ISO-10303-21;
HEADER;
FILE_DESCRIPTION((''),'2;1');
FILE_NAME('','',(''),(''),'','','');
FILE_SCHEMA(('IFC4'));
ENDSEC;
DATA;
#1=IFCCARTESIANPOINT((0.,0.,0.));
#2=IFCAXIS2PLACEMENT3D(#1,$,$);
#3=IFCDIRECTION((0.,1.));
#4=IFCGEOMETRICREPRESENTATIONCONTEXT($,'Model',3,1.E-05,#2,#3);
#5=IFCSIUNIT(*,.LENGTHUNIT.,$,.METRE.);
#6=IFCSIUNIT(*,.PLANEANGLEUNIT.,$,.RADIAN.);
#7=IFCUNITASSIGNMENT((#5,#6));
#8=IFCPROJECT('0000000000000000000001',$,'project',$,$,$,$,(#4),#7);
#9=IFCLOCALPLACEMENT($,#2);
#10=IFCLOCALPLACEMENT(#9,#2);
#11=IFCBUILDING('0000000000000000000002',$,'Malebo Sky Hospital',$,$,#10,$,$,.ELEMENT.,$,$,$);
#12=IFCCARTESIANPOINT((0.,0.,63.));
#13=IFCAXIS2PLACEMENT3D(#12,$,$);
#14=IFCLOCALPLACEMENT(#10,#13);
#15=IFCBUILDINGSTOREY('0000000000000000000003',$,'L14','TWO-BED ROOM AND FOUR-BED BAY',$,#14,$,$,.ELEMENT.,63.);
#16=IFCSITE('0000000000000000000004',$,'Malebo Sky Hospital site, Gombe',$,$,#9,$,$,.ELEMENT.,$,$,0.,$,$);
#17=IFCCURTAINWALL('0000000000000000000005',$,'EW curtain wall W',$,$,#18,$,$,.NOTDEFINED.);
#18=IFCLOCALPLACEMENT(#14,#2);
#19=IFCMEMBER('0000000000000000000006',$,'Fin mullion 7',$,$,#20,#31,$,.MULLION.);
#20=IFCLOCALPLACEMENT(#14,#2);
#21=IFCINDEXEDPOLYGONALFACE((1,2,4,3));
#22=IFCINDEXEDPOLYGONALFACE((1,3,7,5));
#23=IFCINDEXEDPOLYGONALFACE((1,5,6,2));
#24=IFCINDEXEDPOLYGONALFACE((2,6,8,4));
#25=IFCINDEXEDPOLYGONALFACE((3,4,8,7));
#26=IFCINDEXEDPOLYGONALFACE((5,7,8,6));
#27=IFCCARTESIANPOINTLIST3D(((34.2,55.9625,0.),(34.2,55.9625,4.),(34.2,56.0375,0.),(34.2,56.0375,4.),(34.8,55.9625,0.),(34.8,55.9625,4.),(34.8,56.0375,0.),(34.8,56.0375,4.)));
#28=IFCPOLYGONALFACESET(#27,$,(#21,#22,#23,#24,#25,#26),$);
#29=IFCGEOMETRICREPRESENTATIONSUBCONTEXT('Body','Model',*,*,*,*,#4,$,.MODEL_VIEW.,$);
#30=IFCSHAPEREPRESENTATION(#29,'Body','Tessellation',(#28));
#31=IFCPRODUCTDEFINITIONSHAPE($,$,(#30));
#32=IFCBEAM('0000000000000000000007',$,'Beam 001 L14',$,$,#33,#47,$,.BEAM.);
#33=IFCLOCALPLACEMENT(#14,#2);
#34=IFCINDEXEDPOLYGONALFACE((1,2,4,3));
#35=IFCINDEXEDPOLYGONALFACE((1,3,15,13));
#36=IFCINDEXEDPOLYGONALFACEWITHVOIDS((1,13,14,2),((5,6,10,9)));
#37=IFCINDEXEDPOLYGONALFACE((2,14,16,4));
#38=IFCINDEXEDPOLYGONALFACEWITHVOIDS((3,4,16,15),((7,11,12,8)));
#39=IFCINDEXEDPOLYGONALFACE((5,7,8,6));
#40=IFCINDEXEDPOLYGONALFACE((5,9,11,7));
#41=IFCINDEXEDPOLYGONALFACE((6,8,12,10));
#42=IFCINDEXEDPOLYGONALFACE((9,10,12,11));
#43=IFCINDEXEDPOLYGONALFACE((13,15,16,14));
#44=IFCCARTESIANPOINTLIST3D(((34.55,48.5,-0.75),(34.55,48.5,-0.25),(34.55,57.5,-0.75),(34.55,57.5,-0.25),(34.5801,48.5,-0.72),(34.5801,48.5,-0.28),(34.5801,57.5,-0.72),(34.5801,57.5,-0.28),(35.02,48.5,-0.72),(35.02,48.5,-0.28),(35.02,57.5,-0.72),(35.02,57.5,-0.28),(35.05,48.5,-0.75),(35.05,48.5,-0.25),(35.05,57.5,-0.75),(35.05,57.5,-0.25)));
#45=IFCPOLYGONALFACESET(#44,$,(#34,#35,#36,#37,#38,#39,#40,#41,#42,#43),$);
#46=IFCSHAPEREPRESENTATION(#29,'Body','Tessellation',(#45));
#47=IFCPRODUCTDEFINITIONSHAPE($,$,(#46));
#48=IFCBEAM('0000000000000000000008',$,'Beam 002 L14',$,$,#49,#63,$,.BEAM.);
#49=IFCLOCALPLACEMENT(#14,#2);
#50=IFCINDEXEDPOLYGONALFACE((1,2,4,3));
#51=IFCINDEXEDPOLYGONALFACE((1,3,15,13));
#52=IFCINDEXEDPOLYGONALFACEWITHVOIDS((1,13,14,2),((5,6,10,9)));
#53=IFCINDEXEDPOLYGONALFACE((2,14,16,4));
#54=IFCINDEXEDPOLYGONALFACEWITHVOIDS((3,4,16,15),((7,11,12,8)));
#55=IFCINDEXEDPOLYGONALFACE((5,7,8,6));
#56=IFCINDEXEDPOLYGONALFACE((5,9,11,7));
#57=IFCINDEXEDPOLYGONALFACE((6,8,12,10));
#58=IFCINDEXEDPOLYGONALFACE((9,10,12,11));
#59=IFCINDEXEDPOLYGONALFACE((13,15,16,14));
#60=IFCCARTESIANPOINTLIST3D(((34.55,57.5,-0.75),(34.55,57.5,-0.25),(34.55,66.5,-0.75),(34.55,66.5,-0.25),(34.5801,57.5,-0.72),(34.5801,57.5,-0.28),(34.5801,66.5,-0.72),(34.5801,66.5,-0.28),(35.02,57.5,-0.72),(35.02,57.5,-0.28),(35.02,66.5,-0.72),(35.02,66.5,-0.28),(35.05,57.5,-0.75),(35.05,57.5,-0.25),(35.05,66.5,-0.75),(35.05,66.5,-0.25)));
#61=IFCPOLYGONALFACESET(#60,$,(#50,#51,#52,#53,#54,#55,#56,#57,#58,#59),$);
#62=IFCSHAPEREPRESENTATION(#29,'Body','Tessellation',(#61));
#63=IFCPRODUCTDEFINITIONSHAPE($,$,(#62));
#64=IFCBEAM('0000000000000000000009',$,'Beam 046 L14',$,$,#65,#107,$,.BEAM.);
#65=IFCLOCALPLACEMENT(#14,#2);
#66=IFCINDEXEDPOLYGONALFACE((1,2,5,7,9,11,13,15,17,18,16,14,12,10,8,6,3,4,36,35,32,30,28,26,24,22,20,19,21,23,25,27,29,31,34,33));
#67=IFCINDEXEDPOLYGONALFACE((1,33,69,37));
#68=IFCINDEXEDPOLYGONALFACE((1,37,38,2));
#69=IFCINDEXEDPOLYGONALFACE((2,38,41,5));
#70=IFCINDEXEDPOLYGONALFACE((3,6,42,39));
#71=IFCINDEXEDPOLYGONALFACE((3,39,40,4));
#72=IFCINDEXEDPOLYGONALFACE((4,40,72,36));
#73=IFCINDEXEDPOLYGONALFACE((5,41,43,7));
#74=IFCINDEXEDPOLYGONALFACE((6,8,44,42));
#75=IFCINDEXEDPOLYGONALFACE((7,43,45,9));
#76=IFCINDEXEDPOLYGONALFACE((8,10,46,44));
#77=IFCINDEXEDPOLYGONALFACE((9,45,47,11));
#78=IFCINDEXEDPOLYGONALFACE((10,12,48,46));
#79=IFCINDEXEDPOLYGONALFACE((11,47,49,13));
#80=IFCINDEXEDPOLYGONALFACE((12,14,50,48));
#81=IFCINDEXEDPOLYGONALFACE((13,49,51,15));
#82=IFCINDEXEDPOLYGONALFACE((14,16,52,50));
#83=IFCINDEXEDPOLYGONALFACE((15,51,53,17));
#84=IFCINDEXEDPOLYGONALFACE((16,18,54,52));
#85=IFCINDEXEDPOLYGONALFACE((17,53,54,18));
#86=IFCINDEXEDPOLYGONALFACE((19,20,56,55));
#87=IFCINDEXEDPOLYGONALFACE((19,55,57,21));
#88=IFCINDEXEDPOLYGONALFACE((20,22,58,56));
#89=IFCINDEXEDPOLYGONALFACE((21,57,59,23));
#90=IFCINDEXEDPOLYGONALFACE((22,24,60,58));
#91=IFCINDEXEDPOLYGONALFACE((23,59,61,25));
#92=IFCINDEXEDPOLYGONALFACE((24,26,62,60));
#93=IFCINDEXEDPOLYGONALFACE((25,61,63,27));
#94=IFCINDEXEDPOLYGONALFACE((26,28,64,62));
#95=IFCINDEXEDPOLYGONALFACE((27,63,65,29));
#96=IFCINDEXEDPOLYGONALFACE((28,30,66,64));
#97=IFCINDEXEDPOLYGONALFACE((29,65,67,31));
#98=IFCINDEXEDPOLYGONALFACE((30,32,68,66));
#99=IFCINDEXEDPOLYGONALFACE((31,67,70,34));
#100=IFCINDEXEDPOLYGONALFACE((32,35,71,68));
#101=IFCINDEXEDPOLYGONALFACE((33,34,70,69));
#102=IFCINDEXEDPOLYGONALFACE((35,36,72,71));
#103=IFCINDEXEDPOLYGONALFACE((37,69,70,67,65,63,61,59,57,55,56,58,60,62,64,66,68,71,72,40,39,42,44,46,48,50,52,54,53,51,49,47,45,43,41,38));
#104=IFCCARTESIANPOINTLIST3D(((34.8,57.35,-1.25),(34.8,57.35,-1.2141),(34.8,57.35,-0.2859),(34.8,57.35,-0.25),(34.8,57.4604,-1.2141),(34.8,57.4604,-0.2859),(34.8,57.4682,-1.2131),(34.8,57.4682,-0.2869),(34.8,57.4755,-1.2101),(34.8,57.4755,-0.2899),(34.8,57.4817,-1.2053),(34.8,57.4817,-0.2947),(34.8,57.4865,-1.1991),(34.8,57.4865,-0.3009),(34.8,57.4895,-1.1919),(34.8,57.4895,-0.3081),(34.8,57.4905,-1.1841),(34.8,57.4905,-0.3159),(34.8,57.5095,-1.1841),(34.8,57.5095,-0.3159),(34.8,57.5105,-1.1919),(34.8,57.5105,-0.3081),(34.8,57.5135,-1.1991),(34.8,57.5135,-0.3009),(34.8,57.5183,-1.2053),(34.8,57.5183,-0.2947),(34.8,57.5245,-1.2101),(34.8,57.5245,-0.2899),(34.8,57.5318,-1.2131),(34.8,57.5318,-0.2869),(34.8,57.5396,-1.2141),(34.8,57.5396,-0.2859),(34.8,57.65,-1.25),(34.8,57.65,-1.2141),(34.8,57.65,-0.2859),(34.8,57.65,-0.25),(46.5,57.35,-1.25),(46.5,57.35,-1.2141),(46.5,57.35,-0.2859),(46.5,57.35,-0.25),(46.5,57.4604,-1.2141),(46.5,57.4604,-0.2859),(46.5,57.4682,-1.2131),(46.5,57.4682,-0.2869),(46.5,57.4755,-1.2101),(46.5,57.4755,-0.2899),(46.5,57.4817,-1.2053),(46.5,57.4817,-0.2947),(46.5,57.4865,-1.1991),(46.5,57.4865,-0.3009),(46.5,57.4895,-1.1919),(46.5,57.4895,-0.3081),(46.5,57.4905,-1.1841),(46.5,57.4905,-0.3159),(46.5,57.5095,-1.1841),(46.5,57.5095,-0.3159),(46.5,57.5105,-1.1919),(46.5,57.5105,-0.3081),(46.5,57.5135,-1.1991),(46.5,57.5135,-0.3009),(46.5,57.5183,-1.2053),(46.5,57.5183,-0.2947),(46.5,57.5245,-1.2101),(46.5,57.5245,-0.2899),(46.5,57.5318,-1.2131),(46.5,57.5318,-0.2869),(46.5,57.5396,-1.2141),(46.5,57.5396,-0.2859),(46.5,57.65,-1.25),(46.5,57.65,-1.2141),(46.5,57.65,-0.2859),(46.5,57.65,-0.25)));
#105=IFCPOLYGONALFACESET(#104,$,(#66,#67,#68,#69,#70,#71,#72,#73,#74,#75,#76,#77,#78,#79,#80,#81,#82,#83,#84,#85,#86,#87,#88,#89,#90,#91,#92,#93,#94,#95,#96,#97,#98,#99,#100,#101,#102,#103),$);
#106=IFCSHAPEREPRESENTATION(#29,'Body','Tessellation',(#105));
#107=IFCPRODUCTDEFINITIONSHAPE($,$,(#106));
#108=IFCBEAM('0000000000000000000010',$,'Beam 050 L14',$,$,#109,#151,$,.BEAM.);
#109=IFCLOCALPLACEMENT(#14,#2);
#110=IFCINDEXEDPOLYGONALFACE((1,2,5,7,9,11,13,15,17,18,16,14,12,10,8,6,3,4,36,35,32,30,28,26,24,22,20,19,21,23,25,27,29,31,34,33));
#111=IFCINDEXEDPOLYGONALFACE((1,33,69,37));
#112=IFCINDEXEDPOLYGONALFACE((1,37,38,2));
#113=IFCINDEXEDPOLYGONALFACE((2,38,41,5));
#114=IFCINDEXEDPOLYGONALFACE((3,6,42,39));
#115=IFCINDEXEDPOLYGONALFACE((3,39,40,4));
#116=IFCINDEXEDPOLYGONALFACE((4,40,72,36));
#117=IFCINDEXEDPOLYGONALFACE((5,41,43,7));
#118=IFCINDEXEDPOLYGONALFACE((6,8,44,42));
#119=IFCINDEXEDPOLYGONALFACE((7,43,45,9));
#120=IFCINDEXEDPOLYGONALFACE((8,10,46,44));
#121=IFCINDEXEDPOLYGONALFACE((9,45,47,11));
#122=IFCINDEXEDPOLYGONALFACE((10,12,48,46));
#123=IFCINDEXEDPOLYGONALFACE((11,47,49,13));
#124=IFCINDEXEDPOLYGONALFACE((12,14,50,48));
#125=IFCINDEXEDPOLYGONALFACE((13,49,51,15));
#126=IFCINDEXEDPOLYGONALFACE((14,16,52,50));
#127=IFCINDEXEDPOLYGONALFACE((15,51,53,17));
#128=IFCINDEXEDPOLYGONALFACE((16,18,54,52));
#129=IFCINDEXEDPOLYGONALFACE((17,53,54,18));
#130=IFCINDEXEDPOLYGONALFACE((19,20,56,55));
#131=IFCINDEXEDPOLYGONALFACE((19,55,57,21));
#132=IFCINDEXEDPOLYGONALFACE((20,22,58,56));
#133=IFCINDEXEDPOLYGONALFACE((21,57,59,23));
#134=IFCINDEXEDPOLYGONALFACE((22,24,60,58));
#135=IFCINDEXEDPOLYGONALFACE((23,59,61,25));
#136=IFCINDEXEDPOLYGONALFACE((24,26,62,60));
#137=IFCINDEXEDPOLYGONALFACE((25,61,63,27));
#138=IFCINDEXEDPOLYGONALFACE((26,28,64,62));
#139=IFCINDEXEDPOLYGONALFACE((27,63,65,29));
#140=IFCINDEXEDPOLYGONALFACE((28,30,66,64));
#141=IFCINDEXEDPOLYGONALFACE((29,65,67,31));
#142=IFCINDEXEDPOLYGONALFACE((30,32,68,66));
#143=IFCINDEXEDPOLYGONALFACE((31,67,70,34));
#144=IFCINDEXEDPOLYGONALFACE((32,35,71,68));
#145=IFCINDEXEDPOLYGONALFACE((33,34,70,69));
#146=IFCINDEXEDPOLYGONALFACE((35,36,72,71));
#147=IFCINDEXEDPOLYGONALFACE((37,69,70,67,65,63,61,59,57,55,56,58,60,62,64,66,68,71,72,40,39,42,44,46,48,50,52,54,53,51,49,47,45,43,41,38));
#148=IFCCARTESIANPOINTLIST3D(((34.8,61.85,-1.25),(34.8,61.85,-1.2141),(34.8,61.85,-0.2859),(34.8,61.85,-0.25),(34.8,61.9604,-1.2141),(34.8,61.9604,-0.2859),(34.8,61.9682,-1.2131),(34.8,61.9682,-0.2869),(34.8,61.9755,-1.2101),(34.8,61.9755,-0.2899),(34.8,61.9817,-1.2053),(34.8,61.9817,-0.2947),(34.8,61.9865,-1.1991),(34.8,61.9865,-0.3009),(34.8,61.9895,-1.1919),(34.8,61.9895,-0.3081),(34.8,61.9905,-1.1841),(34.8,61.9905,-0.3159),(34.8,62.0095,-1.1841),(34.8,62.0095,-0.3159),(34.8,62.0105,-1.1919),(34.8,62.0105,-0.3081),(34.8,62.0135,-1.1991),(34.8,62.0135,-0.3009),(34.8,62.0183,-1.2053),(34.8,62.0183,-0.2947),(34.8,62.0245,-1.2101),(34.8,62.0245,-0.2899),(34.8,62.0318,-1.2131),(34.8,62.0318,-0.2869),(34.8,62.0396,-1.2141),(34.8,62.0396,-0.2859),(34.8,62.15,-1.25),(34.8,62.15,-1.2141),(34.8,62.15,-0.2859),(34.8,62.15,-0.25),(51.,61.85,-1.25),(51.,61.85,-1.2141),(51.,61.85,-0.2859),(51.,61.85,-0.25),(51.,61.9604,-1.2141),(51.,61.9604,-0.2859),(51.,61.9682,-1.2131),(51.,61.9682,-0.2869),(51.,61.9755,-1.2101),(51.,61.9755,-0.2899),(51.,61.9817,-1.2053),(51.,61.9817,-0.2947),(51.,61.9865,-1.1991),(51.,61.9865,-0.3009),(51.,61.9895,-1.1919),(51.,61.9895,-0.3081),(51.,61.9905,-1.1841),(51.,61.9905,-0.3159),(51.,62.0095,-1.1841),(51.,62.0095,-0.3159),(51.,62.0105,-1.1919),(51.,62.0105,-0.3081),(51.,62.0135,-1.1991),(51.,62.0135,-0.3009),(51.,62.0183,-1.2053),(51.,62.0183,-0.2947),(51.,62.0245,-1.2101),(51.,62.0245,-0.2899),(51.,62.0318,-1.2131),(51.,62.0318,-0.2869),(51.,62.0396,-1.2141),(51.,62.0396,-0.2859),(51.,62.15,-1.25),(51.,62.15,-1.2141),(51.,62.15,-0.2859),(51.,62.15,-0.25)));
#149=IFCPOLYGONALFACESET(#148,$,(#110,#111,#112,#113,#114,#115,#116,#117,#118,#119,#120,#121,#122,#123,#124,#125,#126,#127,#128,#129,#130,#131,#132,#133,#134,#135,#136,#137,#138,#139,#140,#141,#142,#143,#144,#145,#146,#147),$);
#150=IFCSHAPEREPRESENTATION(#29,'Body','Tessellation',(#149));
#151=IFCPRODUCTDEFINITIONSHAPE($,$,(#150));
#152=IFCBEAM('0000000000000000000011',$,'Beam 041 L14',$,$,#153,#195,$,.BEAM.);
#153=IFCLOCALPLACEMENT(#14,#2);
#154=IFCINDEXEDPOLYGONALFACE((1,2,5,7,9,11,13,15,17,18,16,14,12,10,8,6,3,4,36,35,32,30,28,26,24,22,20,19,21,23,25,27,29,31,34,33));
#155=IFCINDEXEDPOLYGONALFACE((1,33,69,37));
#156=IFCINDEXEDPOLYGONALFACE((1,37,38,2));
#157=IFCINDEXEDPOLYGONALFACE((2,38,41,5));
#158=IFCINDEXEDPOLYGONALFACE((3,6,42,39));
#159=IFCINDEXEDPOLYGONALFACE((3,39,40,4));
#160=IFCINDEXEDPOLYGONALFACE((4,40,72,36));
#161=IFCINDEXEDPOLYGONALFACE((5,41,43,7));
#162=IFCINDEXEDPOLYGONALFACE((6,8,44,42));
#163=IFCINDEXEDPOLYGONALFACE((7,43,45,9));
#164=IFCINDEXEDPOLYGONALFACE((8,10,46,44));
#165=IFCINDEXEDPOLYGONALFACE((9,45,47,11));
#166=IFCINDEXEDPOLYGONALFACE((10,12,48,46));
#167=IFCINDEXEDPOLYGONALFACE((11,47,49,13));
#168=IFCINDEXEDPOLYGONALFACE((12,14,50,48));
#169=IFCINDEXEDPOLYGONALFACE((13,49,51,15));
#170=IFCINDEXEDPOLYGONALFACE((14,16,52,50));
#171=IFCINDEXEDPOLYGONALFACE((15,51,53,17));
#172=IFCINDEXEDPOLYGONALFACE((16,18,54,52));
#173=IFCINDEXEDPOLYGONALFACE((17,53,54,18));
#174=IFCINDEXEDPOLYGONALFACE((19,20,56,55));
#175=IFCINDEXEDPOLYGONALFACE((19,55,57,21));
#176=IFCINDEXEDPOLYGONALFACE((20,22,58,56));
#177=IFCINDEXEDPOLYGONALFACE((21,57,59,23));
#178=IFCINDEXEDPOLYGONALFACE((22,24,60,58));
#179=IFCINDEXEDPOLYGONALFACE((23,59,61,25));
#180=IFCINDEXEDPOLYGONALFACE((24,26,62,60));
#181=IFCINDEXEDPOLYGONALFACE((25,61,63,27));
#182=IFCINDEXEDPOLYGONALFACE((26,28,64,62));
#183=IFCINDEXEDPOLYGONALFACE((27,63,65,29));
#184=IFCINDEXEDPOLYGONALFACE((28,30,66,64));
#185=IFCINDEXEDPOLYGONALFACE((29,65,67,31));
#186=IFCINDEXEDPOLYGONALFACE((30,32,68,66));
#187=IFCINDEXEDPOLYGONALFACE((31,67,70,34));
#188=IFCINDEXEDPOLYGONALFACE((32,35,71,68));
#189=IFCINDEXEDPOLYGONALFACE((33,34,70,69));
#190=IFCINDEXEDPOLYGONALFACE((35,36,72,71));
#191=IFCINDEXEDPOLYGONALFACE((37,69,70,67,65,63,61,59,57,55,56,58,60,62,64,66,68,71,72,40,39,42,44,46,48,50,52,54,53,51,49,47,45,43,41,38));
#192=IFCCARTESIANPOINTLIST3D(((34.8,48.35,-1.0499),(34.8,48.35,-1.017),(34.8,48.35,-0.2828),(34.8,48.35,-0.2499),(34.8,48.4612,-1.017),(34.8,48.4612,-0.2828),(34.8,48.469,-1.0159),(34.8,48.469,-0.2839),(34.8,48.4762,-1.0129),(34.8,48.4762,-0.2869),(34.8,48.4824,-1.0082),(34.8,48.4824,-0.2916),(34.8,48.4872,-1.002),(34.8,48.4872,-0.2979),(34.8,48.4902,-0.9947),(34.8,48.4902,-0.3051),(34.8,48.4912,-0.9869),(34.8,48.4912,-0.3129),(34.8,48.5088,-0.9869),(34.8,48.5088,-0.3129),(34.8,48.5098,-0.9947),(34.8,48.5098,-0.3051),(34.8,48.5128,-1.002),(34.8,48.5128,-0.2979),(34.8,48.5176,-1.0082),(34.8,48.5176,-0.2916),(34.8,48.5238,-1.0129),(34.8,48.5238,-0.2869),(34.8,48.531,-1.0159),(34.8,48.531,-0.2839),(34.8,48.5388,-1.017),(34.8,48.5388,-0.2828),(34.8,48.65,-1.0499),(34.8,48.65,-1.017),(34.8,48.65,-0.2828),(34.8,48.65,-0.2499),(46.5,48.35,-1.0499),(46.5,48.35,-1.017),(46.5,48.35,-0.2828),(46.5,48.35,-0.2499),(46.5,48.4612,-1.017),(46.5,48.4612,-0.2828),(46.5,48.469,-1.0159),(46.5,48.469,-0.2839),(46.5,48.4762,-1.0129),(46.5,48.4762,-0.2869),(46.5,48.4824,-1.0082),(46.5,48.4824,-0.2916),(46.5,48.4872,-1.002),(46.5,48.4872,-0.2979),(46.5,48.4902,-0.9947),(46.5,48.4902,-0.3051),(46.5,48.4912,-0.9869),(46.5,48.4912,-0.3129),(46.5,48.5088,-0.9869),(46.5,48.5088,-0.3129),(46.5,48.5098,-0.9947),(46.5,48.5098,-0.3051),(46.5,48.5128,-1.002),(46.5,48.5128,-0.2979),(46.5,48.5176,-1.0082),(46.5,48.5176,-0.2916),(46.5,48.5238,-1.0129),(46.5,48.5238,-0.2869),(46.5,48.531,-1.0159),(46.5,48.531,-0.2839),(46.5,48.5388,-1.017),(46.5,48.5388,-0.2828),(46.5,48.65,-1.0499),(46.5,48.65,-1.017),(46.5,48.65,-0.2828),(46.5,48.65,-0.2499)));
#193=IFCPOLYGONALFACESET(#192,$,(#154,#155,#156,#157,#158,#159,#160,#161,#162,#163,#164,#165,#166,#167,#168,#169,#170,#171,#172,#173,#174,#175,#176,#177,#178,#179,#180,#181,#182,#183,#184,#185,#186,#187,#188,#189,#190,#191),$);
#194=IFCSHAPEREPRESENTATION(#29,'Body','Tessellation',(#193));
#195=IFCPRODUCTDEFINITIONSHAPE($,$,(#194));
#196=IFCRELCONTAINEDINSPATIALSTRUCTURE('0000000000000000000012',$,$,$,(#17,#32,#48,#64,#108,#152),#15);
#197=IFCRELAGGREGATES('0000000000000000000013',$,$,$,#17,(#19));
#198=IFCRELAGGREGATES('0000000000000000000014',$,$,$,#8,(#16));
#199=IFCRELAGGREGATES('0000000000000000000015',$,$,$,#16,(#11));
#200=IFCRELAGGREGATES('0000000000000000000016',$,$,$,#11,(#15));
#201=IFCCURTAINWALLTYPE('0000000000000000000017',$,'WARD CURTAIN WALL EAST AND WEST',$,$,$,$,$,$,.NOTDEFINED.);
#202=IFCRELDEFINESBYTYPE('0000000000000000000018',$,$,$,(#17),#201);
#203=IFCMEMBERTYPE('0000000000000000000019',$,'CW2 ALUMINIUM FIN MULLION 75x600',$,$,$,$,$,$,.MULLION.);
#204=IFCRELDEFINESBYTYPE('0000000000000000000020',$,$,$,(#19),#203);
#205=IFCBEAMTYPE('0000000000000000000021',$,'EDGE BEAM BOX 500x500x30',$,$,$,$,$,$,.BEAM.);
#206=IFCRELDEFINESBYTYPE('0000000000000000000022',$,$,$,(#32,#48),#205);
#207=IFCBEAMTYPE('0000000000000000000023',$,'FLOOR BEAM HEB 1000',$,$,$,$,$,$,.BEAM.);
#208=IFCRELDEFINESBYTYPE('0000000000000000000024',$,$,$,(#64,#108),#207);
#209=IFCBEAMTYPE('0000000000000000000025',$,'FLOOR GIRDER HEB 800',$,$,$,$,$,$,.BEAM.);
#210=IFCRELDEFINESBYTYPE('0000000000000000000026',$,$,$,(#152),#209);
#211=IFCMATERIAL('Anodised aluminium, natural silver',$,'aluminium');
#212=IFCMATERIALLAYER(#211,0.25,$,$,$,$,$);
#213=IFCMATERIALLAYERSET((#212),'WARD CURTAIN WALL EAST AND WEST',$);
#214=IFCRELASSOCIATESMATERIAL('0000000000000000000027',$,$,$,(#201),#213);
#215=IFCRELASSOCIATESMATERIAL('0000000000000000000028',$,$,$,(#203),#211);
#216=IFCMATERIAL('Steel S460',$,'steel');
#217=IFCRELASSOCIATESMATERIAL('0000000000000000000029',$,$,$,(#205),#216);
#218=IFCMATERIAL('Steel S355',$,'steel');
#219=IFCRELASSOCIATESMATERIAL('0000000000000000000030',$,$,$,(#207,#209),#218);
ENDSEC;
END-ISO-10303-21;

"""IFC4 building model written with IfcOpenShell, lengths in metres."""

from ifc_helpers import new_model, si_unit, direction, frame, origin, origin_2d, place, context, subcontext, project, spatial, rectangle, hollow_rectangle, i_section, extrude, material, layer, layer_set, material_profile, profile_set, type_object, element, aggregate, save


model = new_model("IFC4")

# Units and contexts
model_context = context("Model", 3, precision=1e-05, world=origin(), true_north=direction((0.0, 1.0)))
body_context = subcontext(model_context, "Body", "Model", "MODEL_VIEW")
ifc_project = project(units=[si_unit("LENGTHUNIT", "METRE"), si_unit("PLANEANGLEUNIT", "RADIAN")], contexts=[model_context])

# Site, building, storey
site_placement = place(None, origin())
site = spatial("IfcSite", under=ifc_project, at=site_placement, Name="Malebo Sky Hospital site, Gombe", CompositionType="ELEMENT", RefElevation=0.0)
building_placement = place(site_placement, origin())
building = spatial("IfcBuilding", under=site, at=building_placement, Name="Malebo Sky Hospital", CompositionType="ELEMENT")
storey_placement = place(building_placement, frame((0.0, 0.0, 63.0)))
storey = spatial("IfcBuildingStorey", under=building, at=storey_placement, Name="L14", Description="TWO-BED ROOM AND FOUR-BED BAY", CompositionType="ELEMENT", Elevation=63.0)

# Shared definitions
ifc_material_1 = material(Name="Steel S460", Category="steel")

# Curtain wall, member
ifc_material_2 = material(Name="Anodised aluminium, natural silver", Category="aluminium")
ifc_layer_1 = layer(ifc_material_2, 0.25)
ifc_layer_set_1 = layer_set([ifc_layer_1], Name="WARD CURTAIN WALL EAST AND WEST")
curtain_wall_type = type_object("IfcCurtainWallType", Name="WARD CURTAIN WALL EAST AND WEST", PredefinedType="NOTDEFINED", material=ifc_layer_set_1)
curtain_wall_placement = place(storey_placement, origin())
curtain_wall = element("IfcCurtainWall", 1, at=curtain_wall_placement, inside=storey, type_object=curtain_wall_type, Name="EW curtain wall W", PredefinedType="NOTDEFINED")
ifc_material_profile_1 = material_profile(ifc_material_2, rectangle(XDim=0.075, YDim=0.6001, at=origin_2d()), Name="CW2 ALUMINIUM FIN MULLION 75x600")
ifc_profile_set_1 = profile_set([ifc_material_profile_1], Name="Anodised aluminium, natural silver")
member_type_1 = type_object("IfcMemberType", Name="CW2 ALUMINIUM FIN MULLION 75x600", PredefinedType="MULLION", material=ifc_profile_set_1)
member_1_placement = place(storey_placement, frame((34.5, 56.0, 0.0), z_axis=(0.0, 0.0, 1.0), x_axis=(0.0, 1.0, 0.0)))
member_1 = element("IfcMember", 2, at=member_1_placement, type_object=member_type_1, Name="Fin mullion 7", PredefinedType="MULLION", context=body_context, shape_type="SweptSolid", body=[
    extrude(rectangle(XDim=0.075, YDim=0.6001, at=origin_2d()), origin(), (0.0, 0.0, 1.0), 4.0),
])

# Beams
ifc_material_profile_2 = material_profile(ifc_material_1, hollow_rectangle(XDim=0.5, YDim=0.5, WallThickness=0.03, at=origin_2d()), Name="BOX 500x500x30")
ifc_profile_set_2 = profile_set([ifc_material_profile_2], Name="Steel S460")
beam_type_1 = type_object("IfcBeamType", Name="EDGE BEAM BOX 500x500x30", PredefinedType="BEAM", material=ifc_profile_set_2)
for number, where, z_axis, x_axis, name in (
    (3, (34.8, 48.5, -0.5), (0.0, 1.0, 0.0), (-1.0, 0.0, 0.0), "Beam 001 L14"),
    (4, (34.8, 57.5, -0.5), (0.0, 1.0, 0.0), (-1.0, 0.0, 0.0), "Beam 002 L14"),
):
    element("IfcBeam", number, at=place(storey_placement, frame(where, z_axis=z_axis, x_axis=x_axis)), inside=storey, type_object=beam_type_1, Name=name, PredefinedType="BEAM", context=body_context, shape_type="SweptSolid", body=[
        extrude(hollow_rectangle(XDim=0.5, YDim=0.5, WallThickness=0.03, at=origin_2d()), origin(), (0.0, 0.0, 1.0), 9.0),
    ])
ifc_material_3 = material(Name="Steel S355", Category="steel")
ifc_material_profile_3 = material_profile(ifc_material_3, i_section(OverallWidth=0.3, OverallDepth=1.0, WebThickness=0.019, FlangeThickness=0.0359, FilletRadius=0.03, at=origin_2d()), Name="HEB 1000")
ifc_profile_set_3 = profile_set([ifc_material_profile_3], Name="Steel S355")
beam_type_2 = type_object("IfcBeamType", Name="FLOOR BEAM HEB 1000", PredefinedType="BEAM", material=ifc_profile_set_3)
beam_1_placement = place(storey_placement, frame((34.8, 57.5, -0.75), z_axis=(1.0, 0.0, 0.0), x_axis=(0.0, 1.0, 0.0)))
element("IfcBeam", 5, at=beam_1_placement, inside=storey, type_object=beam_type_2, Name="Beam 046 L14", PredefinedType="BEAM", context=body_context, shape_type="SweptSolid", body=[
    extrude(i_section(OverallWidth=0.3, OverallDepth=1.0, WebThickness=0.019, FlangeThickness=0.0359, FilletRadius=0.03, at=origin_2d()), origin(), (0.0, 0.0, 1.0), 11.7),
])
beam_2_placement = place(storey_placement, frame((34.8, 62.0, -0.75), z_axis=(1.0, 0.0, 0.0), x_axis=(0.0, 1.0, 0.0)))
element("IfcBeam", 6, at=beam_2_placement, inside=storey, type_object=beam_type_2, Name="Beam 050 L14", PredefinedType="BEAM", context=body_context, shape_type="SweptSolid", body=[
    extrude(i_section(OverallWidth=0.3, OverallDepth=1.0, WebThickness=0.019, FlangeThickness=0.0359, FilletRadius=0.03, at=origin_2d()), origin(), (0.0, 0.0, 1.0), 16.2),
])
ifc_material_profile_4 = material_profile(ifc_material_3, i_section(OverallWidth=0.3, OverallDepth=0.8, WebThickness=0.0176, FlangeThickness=0.033, FilletRadius=0.03, at=origin_2d()), Name="HEB 800")
ifc_profile_set_4 = profile_set([ifc_material_profile_4], Name="Steel S355")
beam_type_3 = type_object("IfcBeamType", Name="FLOOR GIRDER HEB 800", PredefinedType="BEAM", material=ifc_profile_set_4)
beam_3_placement = place(storey_placement, frame((34.8, 48.5, -0.6499), z_axis=(1.0, 0.0, 0.0), x_axis=(0.0, 1.0, 0.0)))
element("IfcBeam", 7, at=beam_3_placement, inside=storey, type_object=beam_type_3, Name="Beam 041 L14", PredefinedType="BEAM", context=body_context, shape_type="SweptSolid", body=[
    extrude(i_section(OverallWidth=0.3, OverallDepth=0.8, WebThickness=0.0176, FlangeThickness=0.033, FilletRadius=0.03, at=origin_2d()), origin(), (0.0, 0.0, 1.0), 11.7),
])

aggregate(curtain_wall, [member_1])

save(model, "model.ifc")
